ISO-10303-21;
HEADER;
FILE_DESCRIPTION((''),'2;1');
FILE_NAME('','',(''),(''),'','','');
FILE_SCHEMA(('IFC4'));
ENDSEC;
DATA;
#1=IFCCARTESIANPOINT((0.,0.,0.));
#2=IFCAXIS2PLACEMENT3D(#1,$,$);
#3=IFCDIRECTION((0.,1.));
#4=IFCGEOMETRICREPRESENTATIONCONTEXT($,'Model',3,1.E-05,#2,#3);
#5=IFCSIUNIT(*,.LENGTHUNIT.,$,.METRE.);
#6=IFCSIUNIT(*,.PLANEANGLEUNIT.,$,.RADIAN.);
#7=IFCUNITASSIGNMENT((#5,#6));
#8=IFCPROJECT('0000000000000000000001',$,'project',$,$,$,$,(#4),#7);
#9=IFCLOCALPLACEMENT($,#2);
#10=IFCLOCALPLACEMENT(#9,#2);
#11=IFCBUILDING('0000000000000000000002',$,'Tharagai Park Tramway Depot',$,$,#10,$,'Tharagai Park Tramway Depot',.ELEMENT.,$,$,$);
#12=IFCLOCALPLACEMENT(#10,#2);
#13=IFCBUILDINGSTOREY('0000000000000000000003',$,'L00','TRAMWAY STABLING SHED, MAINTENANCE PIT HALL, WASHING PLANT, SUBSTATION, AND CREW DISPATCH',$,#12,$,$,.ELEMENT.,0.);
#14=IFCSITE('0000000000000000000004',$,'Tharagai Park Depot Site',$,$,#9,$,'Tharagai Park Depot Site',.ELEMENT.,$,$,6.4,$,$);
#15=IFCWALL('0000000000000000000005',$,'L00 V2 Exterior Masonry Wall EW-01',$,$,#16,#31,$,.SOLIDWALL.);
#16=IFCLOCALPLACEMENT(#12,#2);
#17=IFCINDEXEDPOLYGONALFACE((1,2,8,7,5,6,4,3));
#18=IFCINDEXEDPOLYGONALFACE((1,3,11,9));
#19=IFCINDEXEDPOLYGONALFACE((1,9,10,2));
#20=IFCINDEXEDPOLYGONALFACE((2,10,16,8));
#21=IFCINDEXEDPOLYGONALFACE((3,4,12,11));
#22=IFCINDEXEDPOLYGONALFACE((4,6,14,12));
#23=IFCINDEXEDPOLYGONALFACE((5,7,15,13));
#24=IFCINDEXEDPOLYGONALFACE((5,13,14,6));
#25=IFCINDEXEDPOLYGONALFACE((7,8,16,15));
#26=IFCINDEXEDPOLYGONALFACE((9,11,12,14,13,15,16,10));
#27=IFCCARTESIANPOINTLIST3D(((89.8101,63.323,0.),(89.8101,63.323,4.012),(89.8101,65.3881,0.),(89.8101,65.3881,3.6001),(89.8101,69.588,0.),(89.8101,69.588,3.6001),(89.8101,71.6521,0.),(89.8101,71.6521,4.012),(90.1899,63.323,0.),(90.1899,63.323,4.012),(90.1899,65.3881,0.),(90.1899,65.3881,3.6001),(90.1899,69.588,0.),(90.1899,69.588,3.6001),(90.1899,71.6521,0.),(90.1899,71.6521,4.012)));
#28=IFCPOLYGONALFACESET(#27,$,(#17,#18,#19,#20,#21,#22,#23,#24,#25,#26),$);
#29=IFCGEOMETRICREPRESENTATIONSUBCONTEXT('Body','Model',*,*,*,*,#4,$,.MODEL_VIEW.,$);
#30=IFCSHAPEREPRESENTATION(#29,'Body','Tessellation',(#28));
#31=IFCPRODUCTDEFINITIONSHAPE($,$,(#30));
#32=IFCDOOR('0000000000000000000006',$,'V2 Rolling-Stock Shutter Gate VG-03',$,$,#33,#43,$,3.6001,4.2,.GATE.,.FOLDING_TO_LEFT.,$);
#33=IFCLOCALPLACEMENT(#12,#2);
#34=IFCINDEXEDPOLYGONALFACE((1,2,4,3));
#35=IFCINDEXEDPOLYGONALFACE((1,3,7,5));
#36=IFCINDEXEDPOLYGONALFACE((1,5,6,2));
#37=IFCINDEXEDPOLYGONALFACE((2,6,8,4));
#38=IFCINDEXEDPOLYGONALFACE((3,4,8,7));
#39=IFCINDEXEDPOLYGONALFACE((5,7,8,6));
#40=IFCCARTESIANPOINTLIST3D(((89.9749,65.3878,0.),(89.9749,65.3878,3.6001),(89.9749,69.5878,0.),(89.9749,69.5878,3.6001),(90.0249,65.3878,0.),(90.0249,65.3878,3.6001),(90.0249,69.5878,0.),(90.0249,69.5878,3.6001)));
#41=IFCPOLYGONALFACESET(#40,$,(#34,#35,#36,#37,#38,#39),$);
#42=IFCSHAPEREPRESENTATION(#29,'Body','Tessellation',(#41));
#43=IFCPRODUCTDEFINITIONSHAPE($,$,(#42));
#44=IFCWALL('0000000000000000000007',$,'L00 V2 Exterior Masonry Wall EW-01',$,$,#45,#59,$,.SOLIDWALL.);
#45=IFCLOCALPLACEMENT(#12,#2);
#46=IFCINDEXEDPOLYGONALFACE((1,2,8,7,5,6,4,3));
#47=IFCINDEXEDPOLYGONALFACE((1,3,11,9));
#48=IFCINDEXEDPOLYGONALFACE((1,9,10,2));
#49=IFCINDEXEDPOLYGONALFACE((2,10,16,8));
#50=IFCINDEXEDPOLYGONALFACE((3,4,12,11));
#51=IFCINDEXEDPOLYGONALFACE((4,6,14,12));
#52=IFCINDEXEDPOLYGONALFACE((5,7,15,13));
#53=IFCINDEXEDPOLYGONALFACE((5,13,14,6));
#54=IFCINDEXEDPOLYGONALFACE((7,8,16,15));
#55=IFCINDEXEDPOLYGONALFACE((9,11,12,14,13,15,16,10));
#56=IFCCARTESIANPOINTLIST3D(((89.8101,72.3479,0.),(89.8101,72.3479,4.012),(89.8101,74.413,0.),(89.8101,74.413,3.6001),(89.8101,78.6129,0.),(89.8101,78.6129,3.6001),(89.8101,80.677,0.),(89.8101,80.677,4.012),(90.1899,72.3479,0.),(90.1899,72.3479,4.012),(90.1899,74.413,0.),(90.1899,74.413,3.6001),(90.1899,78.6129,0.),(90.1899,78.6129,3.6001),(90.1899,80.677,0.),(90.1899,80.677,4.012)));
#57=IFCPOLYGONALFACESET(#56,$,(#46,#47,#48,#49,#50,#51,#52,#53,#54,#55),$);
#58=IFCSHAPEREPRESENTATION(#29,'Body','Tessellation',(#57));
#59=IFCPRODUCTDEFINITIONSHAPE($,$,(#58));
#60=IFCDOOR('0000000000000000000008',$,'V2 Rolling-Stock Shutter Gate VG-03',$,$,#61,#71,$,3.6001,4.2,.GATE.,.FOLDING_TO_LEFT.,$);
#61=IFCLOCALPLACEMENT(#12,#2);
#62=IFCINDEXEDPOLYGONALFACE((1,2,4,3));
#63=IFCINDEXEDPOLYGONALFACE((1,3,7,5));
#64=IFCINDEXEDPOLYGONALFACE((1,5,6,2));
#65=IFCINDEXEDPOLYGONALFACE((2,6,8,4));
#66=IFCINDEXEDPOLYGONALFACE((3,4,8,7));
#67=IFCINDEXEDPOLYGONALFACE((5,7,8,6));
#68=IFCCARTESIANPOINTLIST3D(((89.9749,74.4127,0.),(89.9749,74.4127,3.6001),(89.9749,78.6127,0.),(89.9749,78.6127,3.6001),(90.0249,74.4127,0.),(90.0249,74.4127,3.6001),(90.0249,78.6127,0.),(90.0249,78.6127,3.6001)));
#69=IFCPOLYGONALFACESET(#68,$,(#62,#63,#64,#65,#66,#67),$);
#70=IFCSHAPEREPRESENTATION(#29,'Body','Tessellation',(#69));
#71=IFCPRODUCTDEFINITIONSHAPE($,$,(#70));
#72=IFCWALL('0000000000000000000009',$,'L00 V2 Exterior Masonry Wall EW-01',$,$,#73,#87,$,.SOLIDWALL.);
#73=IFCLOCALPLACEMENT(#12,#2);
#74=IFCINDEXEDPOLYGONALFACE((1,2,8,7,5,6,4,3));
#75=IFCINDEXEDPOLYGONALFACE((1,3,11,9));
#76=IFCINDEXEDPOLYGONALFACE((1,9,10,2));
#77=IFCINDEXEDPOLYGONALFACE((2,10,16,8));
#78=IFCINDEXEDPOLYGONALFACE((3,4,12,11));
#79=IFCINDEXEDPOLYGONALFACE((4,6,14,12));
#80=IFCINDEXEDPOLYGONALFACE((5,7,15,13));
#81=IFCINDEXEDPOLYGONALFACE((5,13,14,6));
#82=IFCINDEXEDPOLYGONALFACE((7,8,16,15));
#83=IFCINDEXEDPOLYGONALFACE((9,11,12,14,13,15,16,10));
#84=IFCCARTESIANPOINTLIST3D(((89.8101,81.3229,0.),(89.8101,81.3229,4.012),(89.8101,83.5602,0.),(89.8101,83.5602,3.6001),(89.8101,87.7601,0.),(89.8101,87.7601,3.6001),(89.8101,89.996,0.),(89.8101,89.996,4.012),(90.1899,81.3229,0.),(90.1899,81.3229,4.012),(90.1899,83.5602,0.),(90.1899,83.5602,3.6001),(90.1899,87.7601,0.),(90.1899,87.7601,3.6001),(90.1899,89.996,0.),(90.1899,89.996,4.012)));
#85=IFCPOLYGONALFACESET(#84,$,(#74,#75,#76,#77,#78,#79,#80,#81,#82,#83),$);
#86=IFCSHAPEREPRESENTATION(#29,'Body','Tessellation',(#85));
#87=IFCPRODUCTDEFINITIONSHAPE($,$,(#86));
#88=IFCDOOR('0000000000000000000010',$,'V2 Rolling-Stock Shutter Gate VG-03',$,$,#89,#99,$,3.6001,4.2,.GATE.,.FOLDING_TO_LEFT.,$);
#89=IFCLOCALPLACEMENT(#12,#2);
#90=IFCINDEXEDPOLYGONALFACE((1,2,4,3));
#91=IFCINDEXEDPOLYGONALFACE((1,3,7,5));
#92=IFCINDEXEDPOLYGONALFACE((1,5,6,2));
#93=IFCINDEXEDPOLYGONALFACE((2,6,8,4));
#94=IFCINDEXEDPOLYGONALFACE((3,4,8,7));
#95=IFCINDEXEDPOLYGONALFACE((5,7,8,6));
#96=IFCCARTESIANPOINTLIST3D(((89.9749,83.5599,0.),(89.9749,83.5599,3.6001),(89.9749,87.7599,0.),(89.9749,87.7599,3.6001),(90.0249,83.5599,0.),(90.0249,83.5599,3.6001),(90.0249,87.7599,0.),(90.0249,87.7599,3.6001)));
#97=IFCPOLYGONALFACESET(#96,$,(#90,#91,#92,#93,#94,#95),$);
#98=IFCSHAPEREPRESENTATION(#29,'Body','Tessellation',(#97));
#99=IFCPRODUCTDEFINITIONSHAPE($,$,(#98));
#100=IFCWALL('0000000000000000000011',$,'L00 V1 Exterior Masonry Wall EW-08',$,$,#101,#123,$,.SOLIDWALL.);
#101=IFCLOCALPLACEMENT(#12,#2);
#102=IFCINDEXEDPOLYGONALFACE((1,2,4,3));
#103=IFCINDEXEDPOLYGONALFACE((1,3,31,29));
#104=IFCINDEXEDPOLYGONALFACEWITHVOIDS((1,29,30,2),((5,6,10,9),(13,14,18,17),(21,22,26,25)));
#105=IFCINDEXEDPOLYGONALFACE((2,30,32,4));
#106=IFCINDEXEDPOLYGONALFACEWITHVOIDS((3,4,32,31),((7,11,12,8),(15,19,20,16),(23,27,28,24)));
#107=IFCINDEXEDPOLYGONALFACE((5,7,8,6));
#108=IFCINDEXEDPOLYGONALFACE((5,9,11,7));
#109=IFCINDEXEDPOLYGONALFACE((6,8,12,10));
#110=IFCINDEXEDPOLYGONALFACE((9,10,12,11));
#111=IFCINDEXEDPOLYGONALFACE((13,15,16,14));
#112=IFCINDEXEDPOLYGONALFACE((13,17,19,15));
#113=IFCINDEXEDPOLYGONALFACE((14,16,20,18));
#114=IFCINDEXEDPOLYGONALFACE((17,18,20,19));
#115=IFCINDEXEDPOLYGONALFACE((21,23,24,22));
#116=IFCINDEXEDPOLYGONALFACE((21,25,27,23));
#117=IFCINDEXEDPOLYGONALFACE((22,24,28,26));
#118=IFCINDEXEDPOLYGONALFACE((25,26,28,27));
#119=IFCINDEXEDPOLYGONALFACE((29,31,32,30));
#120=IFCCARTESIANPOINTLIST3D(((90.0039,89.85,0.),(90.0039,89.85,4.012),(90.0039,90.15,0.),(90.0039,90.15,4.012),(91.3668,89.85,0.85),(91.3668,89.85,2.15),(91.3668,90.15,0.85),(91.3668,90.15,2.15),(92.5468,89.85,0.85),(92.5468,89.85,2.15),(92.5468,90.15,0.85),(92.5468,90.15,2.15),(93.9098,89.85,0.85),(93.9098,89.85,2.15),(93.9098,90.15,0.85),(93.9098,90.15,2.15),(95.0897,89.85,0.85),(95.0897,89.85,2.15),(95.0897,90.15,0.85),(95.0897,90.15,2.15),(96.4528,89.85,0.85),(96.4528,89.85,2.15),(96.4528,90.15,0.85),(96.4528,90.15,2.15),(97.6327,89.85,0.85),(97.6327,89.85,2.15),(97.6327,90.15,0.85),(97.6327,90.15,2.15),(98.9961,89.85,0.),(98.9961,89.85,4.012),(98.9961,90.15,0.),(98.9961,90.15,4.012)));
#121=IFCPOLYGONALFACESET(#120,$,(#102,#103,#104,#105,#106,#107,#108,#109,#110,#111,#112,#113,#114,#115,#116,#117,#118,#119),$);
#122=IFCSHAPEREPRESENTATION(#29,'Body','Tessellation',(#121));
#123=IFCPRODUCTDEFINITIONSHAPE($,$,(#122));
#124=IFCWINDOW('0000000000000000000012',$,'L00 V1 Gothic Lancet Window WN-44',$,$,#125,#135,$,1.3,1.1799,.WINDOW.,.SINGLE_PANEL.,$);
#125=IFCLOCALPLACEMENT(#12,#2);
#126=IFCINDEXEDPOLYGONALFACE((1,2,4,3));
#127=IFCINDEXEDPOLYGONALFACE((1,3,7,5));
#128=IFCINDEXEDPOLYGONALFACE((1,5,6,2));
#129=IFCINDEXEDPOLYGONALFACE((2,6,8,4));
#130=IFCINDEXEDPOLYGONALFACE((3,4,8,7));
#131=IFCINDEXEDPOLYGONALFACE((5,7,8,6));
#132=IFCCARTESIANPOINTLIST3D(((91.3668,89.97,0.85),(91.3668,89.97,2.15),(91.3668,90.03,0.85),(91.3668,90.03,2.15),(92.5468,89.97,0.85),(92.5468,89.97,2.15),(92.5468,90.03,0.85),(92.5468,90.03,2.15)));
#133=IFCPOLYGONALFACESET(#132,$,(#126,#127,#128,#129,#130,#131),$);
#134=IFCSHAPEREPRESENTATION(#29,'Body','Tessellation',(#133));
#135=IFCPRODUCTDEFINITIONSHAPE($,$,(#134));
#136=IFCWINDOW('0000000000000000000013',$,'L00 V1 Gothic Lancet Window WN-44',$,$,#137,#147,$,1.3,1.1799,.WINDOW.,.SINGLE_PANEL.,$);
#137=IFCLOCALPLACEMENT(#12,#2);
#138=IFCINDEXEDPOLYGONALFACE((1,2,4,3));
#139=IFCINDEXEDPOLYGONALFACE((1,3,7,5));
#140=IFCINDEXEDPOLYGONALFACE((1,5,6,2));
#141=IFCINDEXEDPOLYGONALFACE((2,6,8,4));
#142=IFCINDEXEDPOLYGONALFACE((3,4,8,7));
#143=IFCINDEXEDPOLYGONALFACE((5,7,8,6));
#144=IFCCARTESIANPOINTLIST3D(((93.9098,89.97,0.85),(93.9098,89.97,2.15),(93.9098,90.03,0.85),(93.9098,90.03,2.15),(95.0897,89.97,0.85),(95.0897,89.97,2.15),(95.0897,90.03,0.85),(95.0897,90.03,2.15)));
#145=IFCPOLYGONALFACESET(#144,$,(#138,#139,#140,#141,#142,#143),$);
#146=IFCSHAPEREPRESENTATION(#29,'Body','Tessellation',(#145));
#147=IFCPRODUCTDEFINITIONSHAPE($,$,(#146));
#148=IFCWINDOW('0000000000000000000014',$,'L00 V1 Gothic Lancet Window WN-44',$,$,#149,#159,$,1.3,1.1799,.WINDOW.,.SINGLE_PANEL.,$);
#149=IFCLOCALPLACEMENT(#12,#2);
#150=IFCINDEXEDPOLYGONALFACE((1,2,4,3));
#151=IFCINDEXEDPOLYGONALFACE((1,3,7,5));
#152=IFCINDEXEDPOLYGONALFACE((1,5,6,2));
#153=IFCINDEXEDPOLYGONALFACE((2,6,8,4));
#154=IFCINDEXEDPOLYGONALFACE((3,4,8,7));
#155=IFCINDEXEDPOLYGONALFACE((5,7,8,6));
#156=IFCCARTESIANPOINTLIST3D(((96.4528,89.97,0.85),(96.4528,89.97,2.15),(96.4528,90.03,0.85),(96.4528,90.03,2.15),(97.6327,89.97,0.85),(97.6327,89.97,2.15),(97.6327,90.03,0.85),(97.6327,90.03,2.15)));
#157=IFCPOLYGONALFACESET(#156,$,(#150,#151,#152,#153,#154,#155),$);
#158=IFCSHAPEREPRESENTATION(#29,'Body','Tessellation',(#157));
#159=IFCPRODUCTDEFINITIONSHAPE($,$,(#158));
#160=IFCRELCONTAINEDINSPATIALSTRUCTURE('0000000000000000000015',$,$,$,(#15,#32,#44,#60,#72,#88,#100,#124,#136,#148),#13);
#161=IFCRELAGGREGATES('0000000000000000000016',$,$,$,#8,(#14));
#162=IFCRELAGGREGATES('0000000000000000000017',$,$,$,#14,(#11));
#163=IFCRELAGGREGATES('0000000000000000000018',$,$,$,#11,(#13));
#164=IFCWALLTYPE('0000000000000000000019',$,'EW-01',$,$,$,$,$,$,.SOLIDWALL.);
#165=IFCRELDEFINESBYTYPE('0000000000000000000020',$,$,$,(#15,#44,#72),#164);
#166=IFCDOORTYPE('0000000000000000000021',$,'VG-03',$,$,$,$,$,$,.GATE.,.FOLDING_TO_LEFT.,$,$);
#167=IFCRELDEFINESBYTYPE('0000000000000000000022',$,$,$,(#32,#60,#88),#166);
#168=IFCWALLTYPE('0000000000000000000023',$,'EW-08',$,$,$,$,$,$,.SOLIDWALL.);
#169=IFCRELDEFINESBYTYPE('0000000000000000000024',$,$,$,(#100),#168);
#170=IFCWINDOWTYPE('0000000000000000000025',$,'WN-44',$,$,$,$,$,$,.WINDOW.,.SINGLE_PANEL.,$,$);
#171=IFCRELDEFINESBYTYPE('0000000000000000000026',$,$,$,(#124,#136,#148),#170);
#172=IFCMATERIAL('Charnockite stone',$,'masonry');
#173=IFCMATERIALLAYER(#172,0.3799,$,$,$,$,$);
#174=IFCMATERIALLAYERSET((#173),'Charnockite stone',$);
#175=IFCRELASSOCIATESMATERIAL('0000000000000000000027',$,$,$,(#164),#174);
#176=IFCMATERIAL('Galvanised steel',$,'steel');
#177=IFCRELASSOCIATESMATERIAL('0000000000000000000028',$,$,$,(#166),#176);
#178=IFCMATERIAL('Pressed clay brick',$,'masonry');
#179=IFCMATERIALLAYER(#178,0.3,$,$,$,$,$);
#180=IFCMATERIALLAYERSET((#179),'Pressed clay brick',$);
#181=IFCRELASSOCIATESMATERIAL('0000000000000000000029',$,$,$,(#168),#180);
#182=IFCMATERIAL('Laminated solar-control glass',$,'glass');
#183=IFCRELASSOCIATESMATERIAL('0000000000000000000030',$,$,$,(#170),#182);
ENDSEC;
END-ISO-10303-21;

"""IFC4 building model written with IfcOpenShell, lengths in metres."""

from ifc_helpers import new_model, si_unit, direction, frame, frame_2d, origin, place, context, subcontext, project, spatial, rectangle, extrude, material, layer, layer_set, type_object, element, fill, save


model = new_model("IFC4")

# Units and contexts
model_context = context("Model", 3, precision=1e-05, world=origin(), true_north=direction((0.0, 1.0)))
body_context = subcontext(model_context, "Body", "Model", "MODEL_VIEW")
ifc_project = project(units=[si_unit("LENGTHUNIT", "METRE"), si_unit("PLANEANGLEUNIT", "RADIAN")], contexts=[model_context])

# Site, building, storey
site_placement = place(None, origin())
site = spatial("IfcSite", under=ifc_project, at=site_placement, Name="Tharagai Park Depot Site", LongName="Tharagai Park Depot Site", CompositionType="ELEMENT", RefElevation=6.4)
building_placement = place(site_placement, origin())
building = spatial("IfcBuilding", under=site, at=building_placement, Name="Tharagai Park Tramway Depot", LongName="Tharagai Park Tramway Depot", CompositionType="ELEMENT")
storey_placement = place(building_placement, origin())
storey = spatial("IfcBuildingStorey", under=building, at=storey_placement, Name="L00", Description="TRAMWAY STABLING SHED, MAINTENANCE PIT HALL, WASHING PLANT, SUBSTATION, AND CREW DISPATCH", CompositionType="ELEMENT", Elevation=0.0)

# Walls, openings, doors
ifc_material_1 = material(Name="Charnockite stone", Category="masonry")
ifc_layer_1 = layer(ifc_material_1, 0.3799)
ifc_layer_set_1 = layer_set([ifc_layer_1], Name="Charnockite stone")
wall_type_1 = type_object("IfcWallType", Name="EW-01", PredefinedType="SOLIDWALL", material=ifc_layer_set_1)
wall_1_placement = place(storey_placement, frame((90.0, 63.323, 0.0), z_axis=(0.0, 0.0, 1.0), x_axis=(0.0, 1.0, 0.0)))
wall_1 = element("IfcWall", 1, at=wall_1_placement, inside=storey, type_object=wall_type_1, Name="L00 V2 Exterior Masonry Wall EW-01", PredefinedType="SOLIDWALL", context=body_context, shape_type="SweptSolid", body=[
    extrude(rectangle(XDim=8.3291, YDim=0.3799, at=frame_2d((4.1646, 0.0))), origin(), (0.0, 0.0, 1.0), 4.012),
])
opening_1_placement = place(wall_1_placement, frame((2.0649, 0.0, 0.0)))
opening_1 = element("IfcOpeningElement", 2, at=opening_1_placement, cuts=wall_1, PredefinedType="OPENING", context=body_context, shape_type="SweptSolid", body=[
    extrude(rectangle(XDim=4.2, YDim=3.6001, at=frame_2d((2.1001, 1.8))), frame((0.0, 0.2, 0.0), z_axis=(0.0, -1.0, 0.0), x_axis=(1.0, 0.0, 0.0)), (0.0, 0.0, 1.0), 0.3999),
])
ifc_material_2 = material(Name="Galvanised steel", Category="steel")
door_type = type_object("IfcDoorType", Name="VG-03", OperationType="FOLDING_TO_LEFT", PredefinedType="GATE", material=ifc_material_2)
door_1_placement = place(opening_1_placement, frame((4.2, 0.0, 0.0), z_axis=(0.0, 0.0, 1.0), x_axis=(-1.0, 0.0, 0.0)))
door_1 = element("IfcDoor", 3, at=door_1_placement, inside=storey, type_object=door_type, Name="V2 Rolling-Stock Shutter Gate VG-03", OperationType="FOLDING_TO_LEFT", OverallHeight=3.6001, OverallWidth=4.2, PredefinedType="GATE", context=body_context, shape_type="SweptSolid", body=[
    extrude(rectangle(XDim=4.2, YDim=3.6001, at=frame_2d((2.1001, 1.8))), frame((0.0, 0.0249, 0.0), z_axis=(0.0, -1.0, 0.0), x_axis=(1.0, 0.0, 0.0)), (0.0, 0.0, 1.0), 0.05),
])
fill(opening_1, door_1)
wall_2_placement = place(storey_placement, frame((90.0, 72.3479, 0.0), z_axis=(0.0, 0.0, 1.0), x_axis=(0.0, 1.0, 0.0)))
wall_2 = element("IfcWall", 4, at=wall_2_placement, inside=storey, type_object=wall_type_1, Name="L00 V2 Exterior Masonry Wall EW-01", PredefinedType="SOLIDWALL", context=body_context, shape_type="SweptSolid", body=[
    extrude(rectangle(XDim=8.3291, YDim=0.3799, at=frame_2d((4.1646, 0.0))), origin(), (0.0, 0.0, 1.0), 4.012),
])
opening_2_placement = place(wall_2_placement, frame((2.0649, 0.0, 0.0)))
opening_2 = element("IfcOpeningElement", 5, at=opening_2_placement, cuts=wall_2, PredefinedType="OPENING", context=body_context, shape_type="SweptSolid", body=[
    extrude(rectangle(XDim=4.2, YDim=3.6001, at=frame_2d((2.1001, 1.8))), frame((0.0, 0.2, 0.0), z_axis=(0.0, -1.0, 0.0), x_axis=(1.0, 0.0, 0.0)), (0.0, 0.0, 1.0), 0.3999),
])
door_2_placement = place(opening_2_placement, frame((4.2, 0.0, 0.0), z_axis=(0.0, 0.0, 1.0), x_axis=(-1.0, 0.0, 0.0)))
door_2 = element("IfcDoor", 6, at=door_2_placement, inside=storey, type_object=door_type, Name="V2 Rolling-Stock Shutter Gate VG-03", OperationType="FOLDING_TO_LEFT", OverallHeight=3.6001, OverallWidth=4.2, PredefinedType="GATE", context=body_context, shape_type="SweptSolid", body=[
    extrude(rectangle(XDim=4.2, YDim=3.6001, at=frame_2d((2.1001, 1.8))), frame((0.0, 0.0249, 0.0), z_axis=(0.0, -1.0, 0.0), x_axis=(1.0, 0.0, 0.0)), (0.0, 0.0, 1.0), 0.05),
])
fill(opening_2, door_2)
wall_3_placement = place(storey_placement, frame((90.0, 81.323, 0.0), z_axis=(0.0, 0.0, 1.0), x_axis=(0.0, 1.0, 0.0)))
wall_3 = element("IfcWall", 7, at=wall_3_placement, inside=storey, type_object=wall_type_1, Name="L00 V2 Exterior Masonry Wall EW-01", PredefinedType="SOLIDWALL", context=body_context, shape_type="SweptSolid", body=[
    extrude(rectangle(XDim=8.6731, YDim=0.3799, at=frame_2d((4.3364, 0.0))), origin(), (0.0, 0.0, 1.0), 4.012),
])
opening_3_placement = place(wall_3_placement, frame((2.2371, 0.0, 0.0)))
opening_3 = element("IfcOpeningElement", 8, at=opening_3_placement, cuts=wall_3, PredefinedType="OPENING", context=body_context, shape_type="SweptSolid", body=[
    extrude(rectangle(XDim=4.2, YDim=3.6001, at=frame_2d((2.1001, 1.8))), frame((0.0, 0.2, 0.0), z_axis=(0.0, -1.0, 0.0), x_axis=(1.0, 0.0, 0.0)), (0.0, 0.0, 1.0), 0.3999),
])
door_3_placement = place(opening_3_placement, frame((4.2, 0.0, 0.0), z_axis=(0.0, 0.0, 1.0), x_axis=(-1.0, 0.0, 0.0)))
door_3 = element("IfcDoor", 9, at=door_3_placement, inside=storey, type_object=door_type, Name="V2 Rolling-Stock Shutter Gate VG-03", OperationType="FOLDING_TO_LEFT", OverallHeight=3.6001, OverallWidth=4.2, PredefinedType="GATE", context=body_context, shape_type="SweptSolid", body=[
    extrude(rectangle(XDim=4.2, YDim=3.6001, at=frame_2d((2.1001, 1.8))), frame((0.0, 0.0249, 0.0), z_axis=(0.0, -1.0, 0.0), x_axis=(1.0, 0.0, 0.0)), (0.0, 0.0, 1.0), 0.05),
])
fill(opening_3, door_3)

# Wall, openings, windows
ifc_material_3 = material(Name="Pressed clay brick", Category="masonry")
ifc_layer_2 = layer(ifc_material_3, 0.3)
ifc_layer_set_2 = layer_set([ifc_layer_2], Name="Pressed clay brick")
wall_type_2 = type_object("IfcWallType", Name="EW-08", PredefinedType="SOLIDWALL", material=ifc_layer_set_2)
wall_4_placement = place(storey_placement, frame((90.0039, 90.0, 0.0), z_axis=(0.0, 0.0, 1.0), x_axis=(1.0, 0.0, 0.0)))
wall_4 = element("IfcWall", 10, at=wall_4_placement, inside=storey, type_object=wall_type_2, Name="L00 V1 Exterior Masonry Wall EW-08", PredefinedType="SOLIDWALL", context=body_context, shape_type="SweptSolid", body=[
    extrude(rectangle(XDim=8.9922, YDim=0.3, at=frame_2d((4.4961, 0.0))), origin(), (0.0, 0.0, 1.0), 4.012),
])
opening_4_placement = place(wall_4_placement, frame((1.363, 0.0, 0.8501)))
opening_4 = element("IfcOpeningElement", 11, at=opening_4_placement, cuts=wall_4, PredefinedType="OPENING", context=body_context, shape_type="SweptSolid", body=[
    extrude(rectangle(XDim=1.1799, YDim=1.3, at=frame_2d((0.5898, 0.6499))), frame((0.0, 0.1599, 0.0), z_axis=(0.0, -1.0, 0.0), x_axis=(1.0, 0.0, 0.0)), (0.0, 0.0, 1.0), 0.3201),
])
opening_5_placement = place(wall_4_placement, frame((3.906, 0.0, 0.8501)))
opening_5 = element("IfcOpeningElement", 12, at=opening_5_placement, cuts=wall_4, PredefinedType="OPENING", context=body_context, shape_type="SweptSolid", body=[
    extrude(rectangle(XDim=1.1799, YDim=1.3, at=frame_2d((0.5898, 0.6499))), frame((0.0, 0.1599, 0.0), z_axis=(0.0, -1.0, 0.0), x_axis=(1.0, 0.0, 0.0)), (0.0, 0.0, 1.0), 0.3201),
])
opening_6_placement = place(wall_4_placement, frame((6.449, 0.0, 0.8501)))
opening_6 = element("IfcOpeningElement", 13, at=opening_6_placement, cuts=wall_4, PredefinedType="OPENING", context=body_context, shape_type="SweptSolid", body=[
    extrude(rectangle(XDim=1.1799, YDim=1.3, at=frame_2d((0.5898, 0.6499))), frame((0.0, 0.1599, 0.0), z_axis=(0.0, -1.0, 0.0), x_axis=(1.0, 0.0, 0.0)), (0.0, 0.0, 1.0), 0.3201),
])
ifc_material_4 = material(Name="Laminated solar-control glass", Category="glass")
window_type = type_object("IfcWindowType", Name="WN-44", PartitioningType="SINGLE_PANEL", PredefinedType="WINDOW", material=ifc_material_4)
window_1_placement = place(opening_4_placement, origin())
window_1 = element("IfcWindow", 14, at=window_1_placement, inside=storey, type_object=window_type, Name="L00 V1 Gothic Lancet Window WN-44", OverallHeight=1.3, OverallWidth=1.1799, PartitioningType="SINGLE_PANEL", PredefinedType="WINDOW", context=body_context, shape_type="SweptSolid", body=[
    extrude(rectangle(XDim=1.1799, YDim=1.3, at=frame_2d((0.5898, 0.6499))), frame((0.0, 0.03, 0.0), z_axis=(0.0, -1.0, 0.0), x_axis=(1.0, 0.0, 0.0)), (0.0, 0.0, 1.0), 0.0601),
])
fill(opening_4, window_1)
window_2_placement = place(opening_5_placement, origin())
window_2 = element("IfcWindow", 15, at=window_2_placement, inside=storey, type_object=window_type, Name="L00 V1 Gothic Lancet Window WN-44", OverallHeight=1.3, OverallWidth=1.1799, PartitioningType="SINGLE_PANEL", PredefinedType="WINDOW", context=body_context, shape_type="SweptSolid", body=[
    extrude(rectangle(XDim=1.1799, YDim=1.3, at=frame_2d((0.5898, 0.6499))), frame((0.0, 0.03, 0.0), z_axis=(0.0, -1.0, 0.0), x_axis=(1.0, 0.0, 0.0)), (0.0, 0.0, 1.0), 0.0601),
])
fill(opening_5, window_2)
window_3_placement = place(opening_6_placement, origin())
window_3 = element("IfcWindow", 16, at=window_3_placement, inside=storey, type_object=window_type, Name="L00 V1 Gothic Lancet Window WN-44", OverallHeight=1.3, OverallWidth=1.1799, PartitioningType="SINGLE_PANEL", PredefinedType="WINDOW", context=body_context, shape_type="SweptSolid", body=[
    extrude(rectangle(XDim=1.1799, YDim=1.3, at=frame_2d((0.5898, 0.6499))), frame((0.0, 0.03, 0.0), z_axis=(0.0, -1.0, 0.0), x_axis=(1.0, 0.0, 0.0)), (0.0, 0.0, 1.0), 0.0601),
])
fill(opening_6, window_3)

save(model, "model.ifc")
